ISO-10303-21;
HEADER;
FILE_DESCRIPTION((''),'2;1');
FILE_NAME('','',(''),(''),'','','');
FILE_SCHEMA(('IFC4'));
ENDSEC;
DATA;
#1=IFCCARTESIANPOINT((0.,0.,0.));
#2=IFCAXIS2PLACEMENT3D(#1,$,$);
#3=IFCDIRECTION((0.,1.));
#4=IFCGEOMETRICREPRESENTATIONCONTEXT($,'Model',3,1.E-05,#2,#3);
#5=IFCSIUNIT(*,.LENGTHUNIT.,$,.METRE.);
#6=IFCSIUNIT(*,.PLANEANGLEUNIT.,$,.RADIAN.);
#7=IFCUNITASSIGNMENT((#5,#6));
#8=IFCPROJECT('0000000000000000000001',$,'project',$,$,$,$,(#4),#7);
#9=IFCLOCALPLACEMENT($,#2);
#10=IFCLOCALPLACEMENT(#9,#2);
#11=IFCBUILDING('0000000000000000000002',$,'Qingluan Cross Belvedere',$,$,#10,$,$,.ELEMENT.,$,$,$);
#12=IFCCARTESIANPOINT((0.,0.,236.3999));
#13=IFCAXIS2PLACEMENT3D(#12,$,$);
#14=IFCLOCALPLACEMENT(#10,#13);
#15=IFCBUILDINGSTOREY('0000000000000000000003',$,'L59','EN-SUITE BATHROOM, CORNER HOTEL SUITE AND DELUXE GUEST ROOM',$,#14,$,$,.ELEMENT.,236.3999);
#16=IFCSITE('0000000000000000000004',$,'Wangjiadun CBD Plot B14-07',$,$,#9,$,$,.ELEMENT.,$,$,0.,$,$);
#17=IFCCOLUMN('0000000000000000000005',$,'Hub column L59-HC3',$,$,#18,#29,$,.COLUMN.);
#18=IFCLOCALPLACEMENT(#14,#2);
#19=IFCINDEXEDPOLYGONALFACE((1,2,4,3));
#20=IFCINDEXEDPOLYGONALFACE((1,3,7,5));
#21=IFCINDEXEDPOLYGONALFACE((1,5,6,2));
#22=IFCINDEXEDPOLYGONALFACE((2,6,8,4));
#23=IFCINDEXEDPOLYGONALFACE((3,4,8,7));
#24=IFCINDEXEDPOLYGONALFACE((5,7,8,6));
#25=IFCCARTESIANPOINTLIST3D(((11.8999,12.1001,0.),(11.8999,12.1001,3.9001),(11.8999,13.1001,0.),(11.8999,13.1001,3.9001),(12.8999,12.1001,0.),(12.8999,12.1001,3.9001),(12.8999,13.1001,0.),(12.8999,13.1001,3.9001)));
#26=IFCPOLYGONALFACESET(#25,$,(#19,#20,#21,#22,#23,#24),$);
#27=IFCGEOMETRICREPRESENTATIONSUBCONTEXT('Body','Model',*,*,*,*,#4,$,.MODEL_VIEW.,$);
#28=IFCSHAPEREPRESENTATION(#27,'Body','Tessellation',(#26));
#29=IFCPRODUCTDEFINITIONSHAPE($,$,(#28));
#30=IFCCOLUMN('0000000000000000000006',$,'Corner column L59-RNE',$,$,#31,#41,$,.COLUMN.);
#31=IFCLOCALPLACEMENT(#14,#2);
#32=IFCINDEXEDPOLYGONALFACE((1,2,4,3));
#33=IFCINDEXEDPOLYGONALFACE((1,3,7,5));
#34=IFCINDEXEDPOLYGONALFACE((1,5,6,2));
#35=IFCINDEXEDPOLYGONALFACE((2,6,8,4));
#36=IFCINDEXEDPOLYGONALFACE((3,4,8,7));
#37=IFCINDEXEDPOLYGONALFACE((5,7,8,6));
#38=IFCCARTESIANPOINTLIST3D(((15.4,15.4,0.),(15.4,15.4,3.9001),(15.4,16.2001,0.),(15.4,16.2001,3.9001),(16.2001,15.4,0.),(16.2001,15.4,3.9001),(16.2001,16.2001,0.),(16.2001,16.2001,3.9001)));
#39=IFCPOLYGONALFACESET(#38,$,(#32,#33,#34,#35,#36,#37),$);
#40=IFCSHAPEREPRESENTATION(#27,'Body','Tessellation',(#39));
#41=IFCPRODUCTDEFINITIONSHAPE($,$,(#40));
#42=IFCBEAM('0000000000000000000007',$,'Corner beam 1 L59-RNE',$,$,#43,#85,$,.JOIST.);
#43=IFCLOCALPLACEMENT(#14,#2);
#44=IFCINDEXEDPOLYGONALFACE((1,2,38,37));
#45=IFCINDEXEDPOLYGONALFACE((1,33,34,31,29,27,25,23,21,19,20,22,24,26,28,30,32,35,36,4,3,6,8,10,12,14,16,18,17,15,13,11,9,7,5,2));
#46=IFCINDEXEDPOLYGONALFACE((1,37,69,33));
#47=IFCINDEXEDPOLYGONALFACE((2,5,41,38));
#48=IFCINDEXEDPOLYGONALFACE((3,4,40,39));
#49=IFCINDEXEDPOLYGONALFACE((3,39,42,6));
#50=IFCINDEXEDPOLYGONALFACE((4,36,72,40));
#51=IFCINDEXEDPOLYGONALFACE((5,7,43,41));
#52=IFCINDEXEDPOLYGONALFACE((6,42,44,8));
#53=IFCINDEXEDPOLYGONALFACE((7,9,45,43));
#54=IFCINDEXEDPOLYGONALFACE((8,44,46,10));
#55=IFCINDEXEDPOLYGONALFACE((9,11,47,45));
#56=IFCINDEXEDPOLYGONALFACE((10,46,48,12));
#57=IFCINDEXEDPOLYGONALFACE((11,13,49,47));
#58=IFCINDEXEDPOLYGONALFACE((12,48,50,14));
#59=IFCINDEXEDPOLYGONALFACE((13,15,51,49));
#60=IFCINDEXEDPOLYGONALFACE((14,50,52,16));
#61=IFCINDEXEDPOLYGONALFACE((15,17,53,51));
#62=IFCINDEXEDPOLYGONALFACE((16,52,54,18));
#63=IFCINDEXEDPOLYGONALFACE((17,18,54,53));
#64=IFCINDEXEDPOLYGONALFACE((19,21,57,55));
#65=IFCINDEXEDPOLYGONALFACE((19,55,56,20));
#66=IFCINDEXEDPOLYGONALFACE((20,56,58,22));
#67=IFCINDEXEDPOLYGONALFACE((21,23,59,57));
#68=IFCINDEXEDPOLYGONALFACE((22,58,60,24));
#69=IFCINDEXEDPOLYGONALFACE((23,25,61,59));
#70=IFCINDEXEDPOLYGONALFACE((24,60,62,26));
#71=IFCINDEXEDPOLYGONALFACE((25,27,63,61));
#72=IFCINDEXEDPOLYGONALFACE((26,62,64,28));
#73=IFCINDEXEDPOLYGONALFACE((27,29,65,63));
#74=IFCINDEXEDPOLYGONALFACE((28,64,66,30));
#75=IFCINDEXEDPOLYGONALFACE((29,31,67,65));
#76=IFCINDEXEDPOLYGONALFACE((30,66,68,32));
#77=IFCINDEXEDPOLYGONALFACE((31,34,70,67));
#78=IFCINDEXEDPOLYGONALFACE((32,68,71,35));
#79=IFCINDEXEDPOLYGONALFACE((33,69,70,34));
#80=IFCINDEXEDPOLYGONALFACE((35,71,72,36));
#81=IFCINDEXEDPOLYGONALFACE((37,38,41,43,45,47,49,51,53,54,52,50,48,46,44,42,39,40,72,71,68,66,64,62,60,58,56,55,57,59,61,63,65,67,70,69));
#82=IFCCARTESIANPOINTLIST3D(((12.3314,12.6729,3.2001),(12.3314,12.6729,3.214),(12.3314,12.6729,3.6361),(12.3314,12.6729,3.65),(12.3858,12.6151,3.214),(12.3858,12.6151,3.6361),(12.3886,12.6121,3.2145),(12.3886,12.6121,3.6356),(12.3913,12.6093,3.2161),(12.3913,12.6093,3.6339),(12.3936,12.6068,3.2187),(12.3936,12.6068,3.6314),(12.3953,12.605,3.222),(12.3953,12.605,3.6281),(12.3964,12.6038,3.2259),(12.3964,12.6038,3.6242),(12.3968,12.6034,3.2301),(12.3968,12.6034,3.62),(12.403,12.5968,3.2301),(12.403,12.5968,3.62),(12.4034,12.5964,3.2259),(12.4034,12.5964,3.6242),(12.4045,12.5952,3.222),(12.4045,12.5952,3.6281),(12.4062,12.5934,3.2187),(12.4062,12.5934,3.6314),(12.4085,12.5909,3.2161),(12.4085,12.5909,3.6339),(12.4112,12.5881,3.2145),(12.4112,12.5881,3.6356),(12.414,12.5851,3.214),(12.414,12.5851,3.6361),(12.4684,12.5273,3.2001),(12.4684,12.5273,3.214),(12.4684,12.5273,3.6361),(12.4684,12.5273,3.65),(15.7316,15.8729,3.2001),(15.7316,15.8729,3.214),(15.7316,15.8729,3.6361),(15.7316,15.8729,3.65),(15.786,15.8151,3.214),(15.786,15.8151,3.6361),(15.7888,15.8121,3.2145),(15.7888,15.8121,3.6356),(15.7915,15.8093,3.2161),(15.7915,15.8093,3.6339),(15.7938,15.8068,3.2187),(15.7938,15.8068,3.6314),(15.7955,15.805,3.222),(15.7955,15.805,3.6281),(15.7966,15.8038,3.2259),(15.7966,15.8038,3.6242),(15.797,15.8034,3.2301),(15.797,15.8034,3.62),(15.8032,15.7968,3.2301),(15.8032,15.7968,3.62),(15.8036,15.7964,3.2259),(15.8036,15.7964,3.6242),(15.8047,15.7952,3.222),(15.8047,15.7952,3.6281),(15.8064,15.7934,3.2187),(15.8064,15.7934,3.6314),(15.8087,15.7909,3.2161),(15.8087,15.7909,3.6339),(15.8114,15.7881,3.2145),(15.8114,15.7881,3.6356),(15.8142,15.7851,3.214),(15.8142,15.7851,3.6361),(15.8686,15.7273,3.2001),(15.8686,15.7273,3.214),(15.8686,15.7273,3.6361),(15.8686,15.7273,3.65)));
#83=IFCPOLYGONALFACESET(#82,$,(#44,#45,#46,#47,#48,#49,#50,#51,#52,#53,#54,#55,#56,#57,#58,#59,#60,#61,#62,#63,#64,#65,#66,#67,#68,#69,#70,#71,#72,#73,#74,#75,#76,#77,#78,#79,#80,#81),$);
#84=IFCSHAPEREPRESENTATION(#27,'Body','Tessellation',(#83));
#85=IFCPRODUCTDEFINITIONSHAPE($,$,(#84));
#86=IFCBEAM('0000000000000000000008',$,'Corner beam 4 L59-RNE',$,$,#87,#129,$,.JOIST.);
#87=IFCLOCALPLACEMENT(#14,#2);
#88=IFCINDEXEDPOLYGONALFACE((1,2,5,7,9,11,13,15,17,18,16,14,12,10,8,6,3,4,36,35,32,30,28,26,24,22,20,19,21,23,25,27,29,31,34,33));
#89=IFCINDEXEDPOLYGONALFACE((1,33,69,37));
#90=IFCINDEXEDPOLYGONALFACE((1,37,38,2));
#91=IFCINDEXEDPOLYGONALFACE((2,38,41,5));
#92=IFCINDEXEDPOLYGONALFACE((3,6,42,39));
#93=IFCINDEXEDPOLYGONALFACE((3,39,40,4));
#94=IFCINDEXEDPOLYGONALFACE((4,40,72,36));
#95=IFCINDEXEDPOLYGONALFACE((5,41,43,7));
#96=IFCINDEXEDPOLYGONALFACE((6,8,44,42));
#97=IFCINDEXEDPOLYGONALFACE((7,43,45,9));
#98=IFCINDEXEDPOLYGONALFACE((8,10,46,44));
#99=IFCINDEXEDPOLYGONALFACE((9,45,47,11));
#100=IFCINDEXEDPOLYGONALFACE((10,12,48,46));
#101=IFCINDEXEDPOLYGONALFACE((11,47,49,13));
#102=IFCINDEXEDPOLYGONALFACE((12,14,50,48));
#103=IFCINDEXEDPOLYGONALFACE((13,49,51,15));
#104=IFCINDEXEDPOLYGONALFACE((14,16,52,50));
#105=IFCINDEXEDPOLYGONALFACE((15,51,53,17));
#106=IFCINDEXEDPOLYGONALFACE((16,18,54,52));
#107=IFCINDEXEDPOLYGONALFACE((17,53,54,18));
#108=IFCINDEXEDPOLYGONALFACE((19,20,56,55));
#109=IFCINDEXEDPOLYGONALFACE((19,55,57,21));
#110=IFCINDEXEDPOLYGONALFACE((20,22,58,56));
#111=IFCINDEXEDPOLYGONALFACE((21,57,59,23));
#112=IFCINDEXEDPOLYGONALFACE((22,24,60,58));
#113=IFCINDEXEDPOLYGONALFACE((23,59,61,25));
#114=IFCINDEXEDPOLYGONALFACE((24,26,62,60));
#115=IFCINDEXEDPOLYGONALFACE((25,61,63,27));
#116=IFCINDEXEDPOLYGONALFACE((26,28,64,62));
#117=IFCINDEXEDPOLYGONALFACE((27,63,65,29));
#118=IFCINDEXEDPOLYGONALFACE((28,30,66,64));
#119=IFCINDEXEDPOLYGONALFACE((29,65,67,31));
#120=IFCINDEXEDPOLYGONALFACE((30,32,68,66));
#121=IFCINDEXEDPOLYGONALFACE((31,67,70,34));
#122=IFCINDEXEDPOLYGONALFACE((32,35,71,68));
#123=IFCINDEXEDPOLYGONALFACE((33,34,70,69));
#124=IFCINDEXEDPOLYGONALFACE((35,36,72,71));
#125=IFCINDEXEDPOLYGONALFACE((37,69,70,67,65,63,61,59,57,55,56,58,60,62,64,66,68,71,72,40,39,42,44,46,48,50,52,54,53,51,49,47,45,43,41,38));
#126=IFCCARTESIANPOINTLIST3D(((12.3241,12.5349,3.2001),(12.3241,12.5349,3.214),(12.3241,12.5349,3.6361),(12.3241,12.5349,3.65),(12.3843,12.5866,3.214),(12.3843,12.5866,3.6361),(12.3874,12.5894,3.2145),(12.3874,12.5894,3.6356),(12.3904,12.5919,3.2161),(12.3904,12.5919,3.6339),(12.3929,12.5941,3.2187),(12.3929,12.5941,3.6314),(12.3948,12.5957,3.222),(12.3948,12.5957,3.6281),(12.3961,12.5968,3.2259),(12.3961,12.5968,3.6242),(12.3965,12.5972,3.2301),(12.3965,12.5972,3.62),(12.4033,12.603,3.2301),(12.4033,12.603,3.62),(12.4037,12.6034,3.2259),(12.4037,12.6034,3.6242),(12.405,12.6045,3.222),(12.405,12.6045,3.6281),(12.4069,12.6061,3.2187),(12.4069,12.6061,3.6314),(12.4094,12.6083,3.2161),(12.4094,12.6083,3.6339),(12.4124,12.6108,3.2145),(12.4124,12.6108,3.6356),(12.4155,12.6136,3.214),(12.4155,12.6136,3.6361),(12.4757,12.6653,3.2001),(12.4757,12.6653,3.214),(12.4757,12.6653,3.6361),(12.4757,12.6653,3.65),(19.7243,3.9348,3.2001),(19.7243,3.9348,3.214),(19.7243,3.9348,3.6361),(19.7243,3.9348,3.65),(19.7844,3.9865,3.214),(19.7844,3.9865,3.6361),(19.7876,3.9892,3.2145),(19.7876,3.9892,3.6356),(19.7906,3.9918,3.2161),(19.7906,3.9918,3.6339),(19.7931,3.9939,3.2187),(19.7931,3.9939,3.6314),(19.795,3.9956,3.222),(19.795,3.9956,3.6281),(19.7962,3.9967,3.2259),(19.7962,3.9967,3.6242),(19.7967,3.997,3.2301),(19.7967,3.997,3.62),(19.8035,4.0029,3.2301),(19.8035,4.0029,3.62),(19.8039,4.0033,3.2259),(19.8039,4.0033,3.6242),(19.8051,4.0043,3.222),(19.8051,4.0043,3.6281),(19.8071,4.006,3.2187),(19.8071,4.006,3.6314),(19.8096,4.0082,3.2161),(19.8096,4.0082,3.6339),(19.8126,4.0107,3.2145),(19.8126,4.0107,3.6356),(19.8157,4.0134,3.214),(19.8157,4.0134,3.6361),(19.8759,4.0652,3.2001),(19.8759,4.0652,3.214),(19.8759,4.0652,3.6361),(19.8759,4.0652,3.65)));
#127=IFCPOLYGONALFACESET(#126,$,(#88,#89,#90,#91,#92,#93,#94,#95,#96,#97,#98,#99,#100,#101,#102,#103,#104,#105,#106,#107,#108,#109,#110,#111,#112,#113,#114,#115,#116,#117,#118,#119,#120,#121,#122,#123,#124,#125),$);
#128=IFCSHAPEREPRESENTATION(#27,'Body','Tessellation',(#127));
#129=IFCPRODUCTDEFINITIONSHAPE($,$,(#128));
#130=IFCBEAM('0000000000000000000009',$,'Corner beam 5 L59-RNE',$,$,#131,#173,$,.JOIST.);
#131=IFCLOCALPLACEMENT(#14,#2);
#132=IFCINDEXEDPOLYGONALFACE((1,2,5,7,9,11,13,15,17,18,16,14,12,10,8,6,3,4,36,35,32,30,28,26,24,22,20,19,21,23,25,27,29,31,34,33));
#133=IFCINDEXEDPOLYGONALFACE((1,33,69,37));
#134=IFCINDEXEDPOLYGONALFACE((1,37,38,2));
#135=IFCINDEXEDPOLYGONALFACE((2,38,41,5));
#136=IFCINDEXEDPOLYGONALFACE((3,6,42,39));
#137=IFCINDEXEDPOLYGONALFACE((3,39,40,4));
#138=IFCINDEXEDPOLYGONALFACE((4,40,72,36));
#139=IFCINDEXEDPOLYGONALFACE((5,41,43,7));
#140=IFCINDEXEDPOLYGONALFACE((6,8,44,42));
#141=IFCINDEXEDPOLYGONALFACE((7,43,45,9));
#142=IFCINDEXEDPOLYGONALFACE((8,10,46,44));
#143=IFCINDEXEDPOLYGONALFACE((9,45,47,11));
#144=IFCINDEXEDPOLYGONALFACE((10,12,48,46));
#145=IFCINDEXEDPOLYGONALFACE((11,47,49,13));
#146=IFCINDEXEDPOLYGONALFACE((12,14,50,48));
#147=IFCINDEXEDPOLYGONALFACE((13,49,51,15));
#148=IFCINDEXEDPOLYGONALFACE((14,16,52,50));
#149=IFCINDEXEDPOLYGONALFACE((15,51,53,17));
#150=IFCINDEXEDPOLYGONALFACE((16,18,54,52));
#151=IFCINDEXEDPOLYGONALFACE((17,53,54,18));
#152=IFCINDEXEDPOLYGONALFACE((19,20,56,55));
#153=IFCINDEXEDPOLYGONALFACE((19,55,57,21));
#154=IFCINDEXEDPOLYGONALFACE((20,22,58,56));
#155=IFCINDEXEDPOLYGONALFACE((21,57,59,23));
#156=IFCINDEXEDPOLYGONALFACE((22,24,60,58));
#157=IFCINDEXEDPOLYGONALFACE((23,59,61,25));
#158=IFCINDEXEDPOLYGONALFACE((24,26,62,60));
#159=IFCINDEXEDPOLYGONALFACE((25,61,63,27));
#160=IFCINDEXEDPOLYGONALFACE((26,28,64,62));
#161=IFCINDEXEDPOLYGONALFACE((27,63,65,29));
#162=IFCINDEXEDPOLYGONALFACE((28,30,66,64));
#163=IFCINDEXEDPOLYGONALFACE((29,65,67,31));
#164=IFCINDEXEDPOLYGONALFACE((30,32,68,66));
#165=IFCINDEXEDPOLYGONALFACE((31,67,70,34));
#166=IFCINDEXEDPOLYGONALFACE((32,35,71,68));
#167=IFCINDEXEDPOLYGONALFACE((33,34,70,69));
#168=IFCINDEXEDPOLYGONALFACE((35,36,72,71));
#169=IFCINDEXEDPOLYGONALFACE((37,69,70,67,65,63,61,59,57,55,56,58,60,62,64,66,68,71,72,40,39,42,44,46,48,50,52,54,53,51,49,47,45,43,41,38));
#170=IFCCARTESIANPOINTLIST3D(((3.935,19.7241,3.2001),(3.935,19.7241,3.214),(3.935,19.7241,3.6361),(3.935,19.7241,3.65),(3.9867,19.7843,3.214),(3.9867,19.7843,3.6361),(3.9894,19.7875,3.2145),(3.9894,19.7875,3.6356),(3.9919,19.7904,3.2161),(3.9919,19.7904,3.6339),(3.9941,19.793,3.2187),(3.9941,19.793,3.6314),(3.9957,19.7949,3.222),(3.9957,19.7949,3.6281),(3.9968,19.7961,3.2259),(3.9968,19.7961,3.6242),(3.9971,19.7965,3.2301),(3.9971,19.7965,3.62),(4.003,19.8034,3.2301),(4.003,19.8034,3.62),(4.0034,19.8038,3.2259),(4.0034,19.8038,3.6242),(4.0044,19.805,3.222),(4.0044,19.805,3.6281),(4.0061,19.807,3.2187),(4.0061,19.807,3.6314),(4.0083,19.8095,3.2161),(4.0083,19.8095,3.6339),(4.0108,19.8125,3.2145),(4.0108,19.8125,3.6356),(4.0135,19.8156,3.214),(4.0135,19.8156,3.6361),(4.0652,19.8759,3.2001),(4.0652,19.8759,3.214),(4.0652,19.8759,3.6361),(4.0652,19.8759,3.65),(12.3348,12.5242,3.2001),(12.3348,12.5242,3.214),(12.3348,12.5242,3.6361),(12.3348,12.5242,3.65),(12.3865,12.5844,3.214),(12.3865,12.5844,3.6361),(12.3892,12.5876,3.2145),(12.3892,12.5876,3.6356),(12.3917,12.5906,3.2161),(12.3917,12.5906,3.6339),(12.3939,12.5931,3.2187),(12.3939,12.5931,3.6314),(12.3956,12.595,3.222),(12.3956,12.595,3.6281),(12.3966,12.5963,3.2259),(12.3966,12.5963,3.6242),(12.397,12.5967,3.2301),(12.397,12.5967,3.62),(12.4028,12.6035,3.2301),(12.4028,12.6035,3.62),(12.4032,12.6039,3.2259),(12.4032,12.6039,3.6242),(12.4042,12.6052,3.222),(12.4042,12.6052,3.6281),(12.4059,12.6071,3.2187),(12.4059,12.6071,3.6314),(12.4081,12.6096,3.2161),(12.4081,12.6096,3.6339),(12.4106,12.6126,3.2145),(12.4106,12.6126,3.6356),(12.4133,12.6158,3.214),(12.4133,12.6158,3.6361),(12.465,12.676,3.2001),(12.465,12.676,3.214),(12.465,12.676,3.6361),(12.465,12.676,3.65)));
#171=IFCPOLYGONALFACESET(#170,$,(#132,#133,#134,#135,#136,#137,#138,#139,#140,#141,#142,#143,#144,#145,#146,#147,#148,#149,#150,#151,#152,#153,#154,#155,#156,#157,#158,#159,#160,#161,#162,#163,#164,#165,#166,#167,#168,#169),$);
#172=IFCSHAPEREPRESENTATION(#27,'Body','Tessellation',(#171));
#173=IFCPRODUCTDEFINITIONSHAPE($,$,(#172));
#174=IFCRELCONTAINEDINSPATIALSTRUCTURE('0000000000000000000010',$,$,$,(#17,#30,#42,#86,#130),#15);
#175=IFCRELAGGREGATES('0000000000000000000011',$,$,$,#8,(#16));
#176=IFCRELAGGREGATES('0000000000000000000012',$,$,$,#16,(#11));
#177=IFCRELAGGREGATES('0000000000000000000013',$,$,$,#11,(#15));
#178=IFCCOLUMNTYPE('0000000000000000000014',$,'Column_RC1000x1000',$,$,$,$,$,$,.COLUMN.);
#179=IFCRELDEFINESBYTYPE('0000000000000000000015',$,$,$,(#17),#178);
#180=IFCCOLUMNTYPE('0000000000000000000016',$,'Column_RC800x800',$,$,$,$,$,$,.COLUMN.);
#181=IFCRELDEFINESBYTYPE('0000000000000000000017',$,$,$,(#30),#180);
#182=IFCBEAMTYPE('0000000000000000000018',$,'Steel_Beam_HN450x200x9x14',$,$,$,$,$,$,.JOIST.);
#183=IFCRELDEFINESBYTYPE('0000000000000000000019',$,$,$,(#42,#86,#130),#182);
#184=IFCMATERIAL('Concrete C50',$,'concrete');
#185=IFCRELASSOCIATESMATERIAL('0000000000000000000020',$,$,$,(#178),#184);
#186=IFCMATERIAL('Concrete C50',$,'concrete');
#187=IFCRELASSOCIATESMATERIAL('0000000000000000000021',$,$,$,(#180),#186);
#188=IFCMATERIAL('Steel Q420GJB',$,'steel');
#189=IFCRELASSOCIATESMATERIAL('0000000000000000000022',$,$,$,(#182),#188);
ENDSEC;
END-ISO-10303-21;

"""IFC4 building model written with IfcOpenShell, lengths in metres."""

from ifc_helpers import new_model, si_unit, direction, frame, origin, origin_2d, place, context, subcontext, project, spatial, rectangle, i_section, extrude, material, material_profile, profile_set, type_object, element, save


model = new_model("IFC4")

# Units and contexts
model_context = context("Model", 3, precision=1e-05, world=origin(), true_north=direction((0.0, 1.0)))
body_context = subcontext(model_context, "Body", "Model", "MODEL_VIEW")
ifc_project = project(units=[si_unit("LENGTHUNIT", "METRE"), si_unit("PLANEANGLEUNIT", "RADIAN")], contexts=[model_context])

# Site, building, storey
site_placement = place(None, origin())
site = spatial("IfcSite", under=ifc_project, at=site_placement, Name="Wangjiadun CBD Plot B14-07", CompositionType="ELEMENT", RefElevation=0.0)
building_placement = place(site_placement, origin())
building = spatial("IfcBuilding", under=site, at=building_placement, Name="Qingluan Cross Belvedere", CompositionType="ELEMENT")
storey_placement = place(building_placement, frame((0.0, 0.0, 236.3999)))
storey = spatial("IfcBuildingStorey", under=building, at=storey_placement, Name="L59", Description="EN-SUITE BATHROOM, CORNER HOTEL SUITE AND DELUXE GUEST ROOM", CompositionType="ELEMENT", Elevation=236.3999)

# Columns
ifc_material_1 = material(Name="Concrete C50", Category="concrete")
ifc_material_profile_1 = material_profile(ifc_material_1, rectangle(XDim=1.0, YDim=1.0, at=origin_2d()), Name="RC1000x1000")
ifc_profile_set_1 = profile_set([ifc_material_profile_1], Name="Concrete C50")
column_type_1 = type_object("IfcColumnType", Name="Column_RC1000x1000", PredefinedType="COLUMN", material=ifc_profile_set_1)
column_1_placement = place(storey_placement, frame((12.3999, 12.6001, 0.0), z_axis=(0.0, 0.0, 1.0), x_axis=(1.0, 0.0, 0.0)))
element("IfcColumn", 1, at=column_1_placement, inside=storey, type_object=column_type_1, Name="Hub column L59-HC3", PredefinedType="COLUMN", context=body_context, shape_type="SweptSolid", body=[
    extrude(rectangle(XDim=1.0, YDim=1.0, at=origin_2d()), origin(), (0.0, 0.0, 1.0), 3.9001),
])
ifc_material_2 = material(Name="Concrete C50", Category="concrete")
ifc_material_profile_2 = material_profile(ifc_material_2, rectangle(XDim=0.8, YDim=0.8, at=origin_2d()), Name="RC800x800")
ifc_profile_set_2 = profile_set([ifc_material_profile_2], Name="Concrete C50")
column_type_2 = type_object("IfcColumnType", Name="Column_RC800x800", PredefinedType="COLUMN", material=ifc_profile_set_2)
column_2_placement = place(storey_placement, frame((15.8, 15.8, 0.0), z_axis=(0.0, 0.0, 1.0), x_axis=(1.0, 0.0, 0.0)))
element("IfcColumn", 2, at=column_2_placement, inside=storey, type_object=column_type_2, Name="Corner column L59-RNE", PredefinedType="COLUMN", context=body_context, shape_type="SweptSolid", body=[
    extrude(rectangle(XDim=0.8, YDim=0.8, at=origin_2d()), origin(), (0.0, 0.0, 1.0), 3.9001),
])

# Beams
ifc_material_3 = material(Name="Steel Q420GJB", Category="steel")
ifc_material_profile_3 = material_profile(ifc_material_3, i_section(OverallWidth=0.2, OverallDepth=0.45, WebThickness=0.009, FlangeThickness=0.0139, FilletRadius=0.0161, at=origin_2d()), Name="HN450x200x9x14")
ifc_profile_set_3 = profile_set([ifc_material_profile_3], Name="Steel Q420GJB")
beam_type_1 = type_object("IfcBeamType", Name="Steel_Beam_HN450x200x9x14", PredefinedType="JOIST", material=ifc_profile_set_3)
beam_1_placement = place(storey_placement, frame((12.3999, 12.6001, 3.425), z_axis=(0.72822, 0.685343, 0.0), x_axis=(-0.685343, 0.72822, 0.0)))
element("IfcBeam", 3, at=beam_1_placement, inside=storey, type_object=beam_type_1, Name="Corner beam 1 L59-RNE", PredefinedType="JOIST", context=body_context, shape_type="SweptSolid", body=[
    extrude(i_section(OverallWidth=0.2, OverallDepth=0.45, WebThickness=0.009, FlangeThickness=0.0139, FilletRadius=0.0161, at=origin_2d()), origin(), (0.0, 0.0, 1.0), 4.6692),
])
beam_2_placement = place(storey_placement, frame((12.3999, 12.6001, 3.425), z_axis=(0.652245, -0.758008, 0.0), x_axis=(0.758008, 0.652245, 0.0)))
element("IfcBeam", 4, at=beam_2_placement, inside=storey, type_object=beam_type_1, Name="Corner beam 4 L59-RNE", PredefinedType="JOIST", context=body_context, shape_type="SweptSolid", body=[
    extrude(i_section(OverallWidth=0.2, OverallDepth=0.45, WebThickness=0.009, FlangeThickness=0.0139, FilletRadius=0.0161, at=origin_2d()), origin(), (0.0, 0.0, 1.0), 11.3457),
])
beam_3_placement = place(storey_placement, frame((12.3999, 12.6001, 3.425), z_axis=(-0.759255, 0.650793, 0.0), x_axis=(-0.650793, -0.759255, 0.0)))
element("IfcBeam", 5, at=beam_3_placement, inside=storey, type_object=beam_type_1, Name="Corner beam 5 L59-RNE", PredefinedType="JOIST", context=body_context, shape_type="SweptSolid", body=[
    extrude(i_section(OverallWidth=0.2, OverallDepth=0.45, WebThickness=0.009, FlangeThickness=0.0139, FilletRadius=0.0161, at=origin_2d()), origin(), (0.0, 0.0, 1.0), 11.0632),
])

save(model, "model.ifc")
